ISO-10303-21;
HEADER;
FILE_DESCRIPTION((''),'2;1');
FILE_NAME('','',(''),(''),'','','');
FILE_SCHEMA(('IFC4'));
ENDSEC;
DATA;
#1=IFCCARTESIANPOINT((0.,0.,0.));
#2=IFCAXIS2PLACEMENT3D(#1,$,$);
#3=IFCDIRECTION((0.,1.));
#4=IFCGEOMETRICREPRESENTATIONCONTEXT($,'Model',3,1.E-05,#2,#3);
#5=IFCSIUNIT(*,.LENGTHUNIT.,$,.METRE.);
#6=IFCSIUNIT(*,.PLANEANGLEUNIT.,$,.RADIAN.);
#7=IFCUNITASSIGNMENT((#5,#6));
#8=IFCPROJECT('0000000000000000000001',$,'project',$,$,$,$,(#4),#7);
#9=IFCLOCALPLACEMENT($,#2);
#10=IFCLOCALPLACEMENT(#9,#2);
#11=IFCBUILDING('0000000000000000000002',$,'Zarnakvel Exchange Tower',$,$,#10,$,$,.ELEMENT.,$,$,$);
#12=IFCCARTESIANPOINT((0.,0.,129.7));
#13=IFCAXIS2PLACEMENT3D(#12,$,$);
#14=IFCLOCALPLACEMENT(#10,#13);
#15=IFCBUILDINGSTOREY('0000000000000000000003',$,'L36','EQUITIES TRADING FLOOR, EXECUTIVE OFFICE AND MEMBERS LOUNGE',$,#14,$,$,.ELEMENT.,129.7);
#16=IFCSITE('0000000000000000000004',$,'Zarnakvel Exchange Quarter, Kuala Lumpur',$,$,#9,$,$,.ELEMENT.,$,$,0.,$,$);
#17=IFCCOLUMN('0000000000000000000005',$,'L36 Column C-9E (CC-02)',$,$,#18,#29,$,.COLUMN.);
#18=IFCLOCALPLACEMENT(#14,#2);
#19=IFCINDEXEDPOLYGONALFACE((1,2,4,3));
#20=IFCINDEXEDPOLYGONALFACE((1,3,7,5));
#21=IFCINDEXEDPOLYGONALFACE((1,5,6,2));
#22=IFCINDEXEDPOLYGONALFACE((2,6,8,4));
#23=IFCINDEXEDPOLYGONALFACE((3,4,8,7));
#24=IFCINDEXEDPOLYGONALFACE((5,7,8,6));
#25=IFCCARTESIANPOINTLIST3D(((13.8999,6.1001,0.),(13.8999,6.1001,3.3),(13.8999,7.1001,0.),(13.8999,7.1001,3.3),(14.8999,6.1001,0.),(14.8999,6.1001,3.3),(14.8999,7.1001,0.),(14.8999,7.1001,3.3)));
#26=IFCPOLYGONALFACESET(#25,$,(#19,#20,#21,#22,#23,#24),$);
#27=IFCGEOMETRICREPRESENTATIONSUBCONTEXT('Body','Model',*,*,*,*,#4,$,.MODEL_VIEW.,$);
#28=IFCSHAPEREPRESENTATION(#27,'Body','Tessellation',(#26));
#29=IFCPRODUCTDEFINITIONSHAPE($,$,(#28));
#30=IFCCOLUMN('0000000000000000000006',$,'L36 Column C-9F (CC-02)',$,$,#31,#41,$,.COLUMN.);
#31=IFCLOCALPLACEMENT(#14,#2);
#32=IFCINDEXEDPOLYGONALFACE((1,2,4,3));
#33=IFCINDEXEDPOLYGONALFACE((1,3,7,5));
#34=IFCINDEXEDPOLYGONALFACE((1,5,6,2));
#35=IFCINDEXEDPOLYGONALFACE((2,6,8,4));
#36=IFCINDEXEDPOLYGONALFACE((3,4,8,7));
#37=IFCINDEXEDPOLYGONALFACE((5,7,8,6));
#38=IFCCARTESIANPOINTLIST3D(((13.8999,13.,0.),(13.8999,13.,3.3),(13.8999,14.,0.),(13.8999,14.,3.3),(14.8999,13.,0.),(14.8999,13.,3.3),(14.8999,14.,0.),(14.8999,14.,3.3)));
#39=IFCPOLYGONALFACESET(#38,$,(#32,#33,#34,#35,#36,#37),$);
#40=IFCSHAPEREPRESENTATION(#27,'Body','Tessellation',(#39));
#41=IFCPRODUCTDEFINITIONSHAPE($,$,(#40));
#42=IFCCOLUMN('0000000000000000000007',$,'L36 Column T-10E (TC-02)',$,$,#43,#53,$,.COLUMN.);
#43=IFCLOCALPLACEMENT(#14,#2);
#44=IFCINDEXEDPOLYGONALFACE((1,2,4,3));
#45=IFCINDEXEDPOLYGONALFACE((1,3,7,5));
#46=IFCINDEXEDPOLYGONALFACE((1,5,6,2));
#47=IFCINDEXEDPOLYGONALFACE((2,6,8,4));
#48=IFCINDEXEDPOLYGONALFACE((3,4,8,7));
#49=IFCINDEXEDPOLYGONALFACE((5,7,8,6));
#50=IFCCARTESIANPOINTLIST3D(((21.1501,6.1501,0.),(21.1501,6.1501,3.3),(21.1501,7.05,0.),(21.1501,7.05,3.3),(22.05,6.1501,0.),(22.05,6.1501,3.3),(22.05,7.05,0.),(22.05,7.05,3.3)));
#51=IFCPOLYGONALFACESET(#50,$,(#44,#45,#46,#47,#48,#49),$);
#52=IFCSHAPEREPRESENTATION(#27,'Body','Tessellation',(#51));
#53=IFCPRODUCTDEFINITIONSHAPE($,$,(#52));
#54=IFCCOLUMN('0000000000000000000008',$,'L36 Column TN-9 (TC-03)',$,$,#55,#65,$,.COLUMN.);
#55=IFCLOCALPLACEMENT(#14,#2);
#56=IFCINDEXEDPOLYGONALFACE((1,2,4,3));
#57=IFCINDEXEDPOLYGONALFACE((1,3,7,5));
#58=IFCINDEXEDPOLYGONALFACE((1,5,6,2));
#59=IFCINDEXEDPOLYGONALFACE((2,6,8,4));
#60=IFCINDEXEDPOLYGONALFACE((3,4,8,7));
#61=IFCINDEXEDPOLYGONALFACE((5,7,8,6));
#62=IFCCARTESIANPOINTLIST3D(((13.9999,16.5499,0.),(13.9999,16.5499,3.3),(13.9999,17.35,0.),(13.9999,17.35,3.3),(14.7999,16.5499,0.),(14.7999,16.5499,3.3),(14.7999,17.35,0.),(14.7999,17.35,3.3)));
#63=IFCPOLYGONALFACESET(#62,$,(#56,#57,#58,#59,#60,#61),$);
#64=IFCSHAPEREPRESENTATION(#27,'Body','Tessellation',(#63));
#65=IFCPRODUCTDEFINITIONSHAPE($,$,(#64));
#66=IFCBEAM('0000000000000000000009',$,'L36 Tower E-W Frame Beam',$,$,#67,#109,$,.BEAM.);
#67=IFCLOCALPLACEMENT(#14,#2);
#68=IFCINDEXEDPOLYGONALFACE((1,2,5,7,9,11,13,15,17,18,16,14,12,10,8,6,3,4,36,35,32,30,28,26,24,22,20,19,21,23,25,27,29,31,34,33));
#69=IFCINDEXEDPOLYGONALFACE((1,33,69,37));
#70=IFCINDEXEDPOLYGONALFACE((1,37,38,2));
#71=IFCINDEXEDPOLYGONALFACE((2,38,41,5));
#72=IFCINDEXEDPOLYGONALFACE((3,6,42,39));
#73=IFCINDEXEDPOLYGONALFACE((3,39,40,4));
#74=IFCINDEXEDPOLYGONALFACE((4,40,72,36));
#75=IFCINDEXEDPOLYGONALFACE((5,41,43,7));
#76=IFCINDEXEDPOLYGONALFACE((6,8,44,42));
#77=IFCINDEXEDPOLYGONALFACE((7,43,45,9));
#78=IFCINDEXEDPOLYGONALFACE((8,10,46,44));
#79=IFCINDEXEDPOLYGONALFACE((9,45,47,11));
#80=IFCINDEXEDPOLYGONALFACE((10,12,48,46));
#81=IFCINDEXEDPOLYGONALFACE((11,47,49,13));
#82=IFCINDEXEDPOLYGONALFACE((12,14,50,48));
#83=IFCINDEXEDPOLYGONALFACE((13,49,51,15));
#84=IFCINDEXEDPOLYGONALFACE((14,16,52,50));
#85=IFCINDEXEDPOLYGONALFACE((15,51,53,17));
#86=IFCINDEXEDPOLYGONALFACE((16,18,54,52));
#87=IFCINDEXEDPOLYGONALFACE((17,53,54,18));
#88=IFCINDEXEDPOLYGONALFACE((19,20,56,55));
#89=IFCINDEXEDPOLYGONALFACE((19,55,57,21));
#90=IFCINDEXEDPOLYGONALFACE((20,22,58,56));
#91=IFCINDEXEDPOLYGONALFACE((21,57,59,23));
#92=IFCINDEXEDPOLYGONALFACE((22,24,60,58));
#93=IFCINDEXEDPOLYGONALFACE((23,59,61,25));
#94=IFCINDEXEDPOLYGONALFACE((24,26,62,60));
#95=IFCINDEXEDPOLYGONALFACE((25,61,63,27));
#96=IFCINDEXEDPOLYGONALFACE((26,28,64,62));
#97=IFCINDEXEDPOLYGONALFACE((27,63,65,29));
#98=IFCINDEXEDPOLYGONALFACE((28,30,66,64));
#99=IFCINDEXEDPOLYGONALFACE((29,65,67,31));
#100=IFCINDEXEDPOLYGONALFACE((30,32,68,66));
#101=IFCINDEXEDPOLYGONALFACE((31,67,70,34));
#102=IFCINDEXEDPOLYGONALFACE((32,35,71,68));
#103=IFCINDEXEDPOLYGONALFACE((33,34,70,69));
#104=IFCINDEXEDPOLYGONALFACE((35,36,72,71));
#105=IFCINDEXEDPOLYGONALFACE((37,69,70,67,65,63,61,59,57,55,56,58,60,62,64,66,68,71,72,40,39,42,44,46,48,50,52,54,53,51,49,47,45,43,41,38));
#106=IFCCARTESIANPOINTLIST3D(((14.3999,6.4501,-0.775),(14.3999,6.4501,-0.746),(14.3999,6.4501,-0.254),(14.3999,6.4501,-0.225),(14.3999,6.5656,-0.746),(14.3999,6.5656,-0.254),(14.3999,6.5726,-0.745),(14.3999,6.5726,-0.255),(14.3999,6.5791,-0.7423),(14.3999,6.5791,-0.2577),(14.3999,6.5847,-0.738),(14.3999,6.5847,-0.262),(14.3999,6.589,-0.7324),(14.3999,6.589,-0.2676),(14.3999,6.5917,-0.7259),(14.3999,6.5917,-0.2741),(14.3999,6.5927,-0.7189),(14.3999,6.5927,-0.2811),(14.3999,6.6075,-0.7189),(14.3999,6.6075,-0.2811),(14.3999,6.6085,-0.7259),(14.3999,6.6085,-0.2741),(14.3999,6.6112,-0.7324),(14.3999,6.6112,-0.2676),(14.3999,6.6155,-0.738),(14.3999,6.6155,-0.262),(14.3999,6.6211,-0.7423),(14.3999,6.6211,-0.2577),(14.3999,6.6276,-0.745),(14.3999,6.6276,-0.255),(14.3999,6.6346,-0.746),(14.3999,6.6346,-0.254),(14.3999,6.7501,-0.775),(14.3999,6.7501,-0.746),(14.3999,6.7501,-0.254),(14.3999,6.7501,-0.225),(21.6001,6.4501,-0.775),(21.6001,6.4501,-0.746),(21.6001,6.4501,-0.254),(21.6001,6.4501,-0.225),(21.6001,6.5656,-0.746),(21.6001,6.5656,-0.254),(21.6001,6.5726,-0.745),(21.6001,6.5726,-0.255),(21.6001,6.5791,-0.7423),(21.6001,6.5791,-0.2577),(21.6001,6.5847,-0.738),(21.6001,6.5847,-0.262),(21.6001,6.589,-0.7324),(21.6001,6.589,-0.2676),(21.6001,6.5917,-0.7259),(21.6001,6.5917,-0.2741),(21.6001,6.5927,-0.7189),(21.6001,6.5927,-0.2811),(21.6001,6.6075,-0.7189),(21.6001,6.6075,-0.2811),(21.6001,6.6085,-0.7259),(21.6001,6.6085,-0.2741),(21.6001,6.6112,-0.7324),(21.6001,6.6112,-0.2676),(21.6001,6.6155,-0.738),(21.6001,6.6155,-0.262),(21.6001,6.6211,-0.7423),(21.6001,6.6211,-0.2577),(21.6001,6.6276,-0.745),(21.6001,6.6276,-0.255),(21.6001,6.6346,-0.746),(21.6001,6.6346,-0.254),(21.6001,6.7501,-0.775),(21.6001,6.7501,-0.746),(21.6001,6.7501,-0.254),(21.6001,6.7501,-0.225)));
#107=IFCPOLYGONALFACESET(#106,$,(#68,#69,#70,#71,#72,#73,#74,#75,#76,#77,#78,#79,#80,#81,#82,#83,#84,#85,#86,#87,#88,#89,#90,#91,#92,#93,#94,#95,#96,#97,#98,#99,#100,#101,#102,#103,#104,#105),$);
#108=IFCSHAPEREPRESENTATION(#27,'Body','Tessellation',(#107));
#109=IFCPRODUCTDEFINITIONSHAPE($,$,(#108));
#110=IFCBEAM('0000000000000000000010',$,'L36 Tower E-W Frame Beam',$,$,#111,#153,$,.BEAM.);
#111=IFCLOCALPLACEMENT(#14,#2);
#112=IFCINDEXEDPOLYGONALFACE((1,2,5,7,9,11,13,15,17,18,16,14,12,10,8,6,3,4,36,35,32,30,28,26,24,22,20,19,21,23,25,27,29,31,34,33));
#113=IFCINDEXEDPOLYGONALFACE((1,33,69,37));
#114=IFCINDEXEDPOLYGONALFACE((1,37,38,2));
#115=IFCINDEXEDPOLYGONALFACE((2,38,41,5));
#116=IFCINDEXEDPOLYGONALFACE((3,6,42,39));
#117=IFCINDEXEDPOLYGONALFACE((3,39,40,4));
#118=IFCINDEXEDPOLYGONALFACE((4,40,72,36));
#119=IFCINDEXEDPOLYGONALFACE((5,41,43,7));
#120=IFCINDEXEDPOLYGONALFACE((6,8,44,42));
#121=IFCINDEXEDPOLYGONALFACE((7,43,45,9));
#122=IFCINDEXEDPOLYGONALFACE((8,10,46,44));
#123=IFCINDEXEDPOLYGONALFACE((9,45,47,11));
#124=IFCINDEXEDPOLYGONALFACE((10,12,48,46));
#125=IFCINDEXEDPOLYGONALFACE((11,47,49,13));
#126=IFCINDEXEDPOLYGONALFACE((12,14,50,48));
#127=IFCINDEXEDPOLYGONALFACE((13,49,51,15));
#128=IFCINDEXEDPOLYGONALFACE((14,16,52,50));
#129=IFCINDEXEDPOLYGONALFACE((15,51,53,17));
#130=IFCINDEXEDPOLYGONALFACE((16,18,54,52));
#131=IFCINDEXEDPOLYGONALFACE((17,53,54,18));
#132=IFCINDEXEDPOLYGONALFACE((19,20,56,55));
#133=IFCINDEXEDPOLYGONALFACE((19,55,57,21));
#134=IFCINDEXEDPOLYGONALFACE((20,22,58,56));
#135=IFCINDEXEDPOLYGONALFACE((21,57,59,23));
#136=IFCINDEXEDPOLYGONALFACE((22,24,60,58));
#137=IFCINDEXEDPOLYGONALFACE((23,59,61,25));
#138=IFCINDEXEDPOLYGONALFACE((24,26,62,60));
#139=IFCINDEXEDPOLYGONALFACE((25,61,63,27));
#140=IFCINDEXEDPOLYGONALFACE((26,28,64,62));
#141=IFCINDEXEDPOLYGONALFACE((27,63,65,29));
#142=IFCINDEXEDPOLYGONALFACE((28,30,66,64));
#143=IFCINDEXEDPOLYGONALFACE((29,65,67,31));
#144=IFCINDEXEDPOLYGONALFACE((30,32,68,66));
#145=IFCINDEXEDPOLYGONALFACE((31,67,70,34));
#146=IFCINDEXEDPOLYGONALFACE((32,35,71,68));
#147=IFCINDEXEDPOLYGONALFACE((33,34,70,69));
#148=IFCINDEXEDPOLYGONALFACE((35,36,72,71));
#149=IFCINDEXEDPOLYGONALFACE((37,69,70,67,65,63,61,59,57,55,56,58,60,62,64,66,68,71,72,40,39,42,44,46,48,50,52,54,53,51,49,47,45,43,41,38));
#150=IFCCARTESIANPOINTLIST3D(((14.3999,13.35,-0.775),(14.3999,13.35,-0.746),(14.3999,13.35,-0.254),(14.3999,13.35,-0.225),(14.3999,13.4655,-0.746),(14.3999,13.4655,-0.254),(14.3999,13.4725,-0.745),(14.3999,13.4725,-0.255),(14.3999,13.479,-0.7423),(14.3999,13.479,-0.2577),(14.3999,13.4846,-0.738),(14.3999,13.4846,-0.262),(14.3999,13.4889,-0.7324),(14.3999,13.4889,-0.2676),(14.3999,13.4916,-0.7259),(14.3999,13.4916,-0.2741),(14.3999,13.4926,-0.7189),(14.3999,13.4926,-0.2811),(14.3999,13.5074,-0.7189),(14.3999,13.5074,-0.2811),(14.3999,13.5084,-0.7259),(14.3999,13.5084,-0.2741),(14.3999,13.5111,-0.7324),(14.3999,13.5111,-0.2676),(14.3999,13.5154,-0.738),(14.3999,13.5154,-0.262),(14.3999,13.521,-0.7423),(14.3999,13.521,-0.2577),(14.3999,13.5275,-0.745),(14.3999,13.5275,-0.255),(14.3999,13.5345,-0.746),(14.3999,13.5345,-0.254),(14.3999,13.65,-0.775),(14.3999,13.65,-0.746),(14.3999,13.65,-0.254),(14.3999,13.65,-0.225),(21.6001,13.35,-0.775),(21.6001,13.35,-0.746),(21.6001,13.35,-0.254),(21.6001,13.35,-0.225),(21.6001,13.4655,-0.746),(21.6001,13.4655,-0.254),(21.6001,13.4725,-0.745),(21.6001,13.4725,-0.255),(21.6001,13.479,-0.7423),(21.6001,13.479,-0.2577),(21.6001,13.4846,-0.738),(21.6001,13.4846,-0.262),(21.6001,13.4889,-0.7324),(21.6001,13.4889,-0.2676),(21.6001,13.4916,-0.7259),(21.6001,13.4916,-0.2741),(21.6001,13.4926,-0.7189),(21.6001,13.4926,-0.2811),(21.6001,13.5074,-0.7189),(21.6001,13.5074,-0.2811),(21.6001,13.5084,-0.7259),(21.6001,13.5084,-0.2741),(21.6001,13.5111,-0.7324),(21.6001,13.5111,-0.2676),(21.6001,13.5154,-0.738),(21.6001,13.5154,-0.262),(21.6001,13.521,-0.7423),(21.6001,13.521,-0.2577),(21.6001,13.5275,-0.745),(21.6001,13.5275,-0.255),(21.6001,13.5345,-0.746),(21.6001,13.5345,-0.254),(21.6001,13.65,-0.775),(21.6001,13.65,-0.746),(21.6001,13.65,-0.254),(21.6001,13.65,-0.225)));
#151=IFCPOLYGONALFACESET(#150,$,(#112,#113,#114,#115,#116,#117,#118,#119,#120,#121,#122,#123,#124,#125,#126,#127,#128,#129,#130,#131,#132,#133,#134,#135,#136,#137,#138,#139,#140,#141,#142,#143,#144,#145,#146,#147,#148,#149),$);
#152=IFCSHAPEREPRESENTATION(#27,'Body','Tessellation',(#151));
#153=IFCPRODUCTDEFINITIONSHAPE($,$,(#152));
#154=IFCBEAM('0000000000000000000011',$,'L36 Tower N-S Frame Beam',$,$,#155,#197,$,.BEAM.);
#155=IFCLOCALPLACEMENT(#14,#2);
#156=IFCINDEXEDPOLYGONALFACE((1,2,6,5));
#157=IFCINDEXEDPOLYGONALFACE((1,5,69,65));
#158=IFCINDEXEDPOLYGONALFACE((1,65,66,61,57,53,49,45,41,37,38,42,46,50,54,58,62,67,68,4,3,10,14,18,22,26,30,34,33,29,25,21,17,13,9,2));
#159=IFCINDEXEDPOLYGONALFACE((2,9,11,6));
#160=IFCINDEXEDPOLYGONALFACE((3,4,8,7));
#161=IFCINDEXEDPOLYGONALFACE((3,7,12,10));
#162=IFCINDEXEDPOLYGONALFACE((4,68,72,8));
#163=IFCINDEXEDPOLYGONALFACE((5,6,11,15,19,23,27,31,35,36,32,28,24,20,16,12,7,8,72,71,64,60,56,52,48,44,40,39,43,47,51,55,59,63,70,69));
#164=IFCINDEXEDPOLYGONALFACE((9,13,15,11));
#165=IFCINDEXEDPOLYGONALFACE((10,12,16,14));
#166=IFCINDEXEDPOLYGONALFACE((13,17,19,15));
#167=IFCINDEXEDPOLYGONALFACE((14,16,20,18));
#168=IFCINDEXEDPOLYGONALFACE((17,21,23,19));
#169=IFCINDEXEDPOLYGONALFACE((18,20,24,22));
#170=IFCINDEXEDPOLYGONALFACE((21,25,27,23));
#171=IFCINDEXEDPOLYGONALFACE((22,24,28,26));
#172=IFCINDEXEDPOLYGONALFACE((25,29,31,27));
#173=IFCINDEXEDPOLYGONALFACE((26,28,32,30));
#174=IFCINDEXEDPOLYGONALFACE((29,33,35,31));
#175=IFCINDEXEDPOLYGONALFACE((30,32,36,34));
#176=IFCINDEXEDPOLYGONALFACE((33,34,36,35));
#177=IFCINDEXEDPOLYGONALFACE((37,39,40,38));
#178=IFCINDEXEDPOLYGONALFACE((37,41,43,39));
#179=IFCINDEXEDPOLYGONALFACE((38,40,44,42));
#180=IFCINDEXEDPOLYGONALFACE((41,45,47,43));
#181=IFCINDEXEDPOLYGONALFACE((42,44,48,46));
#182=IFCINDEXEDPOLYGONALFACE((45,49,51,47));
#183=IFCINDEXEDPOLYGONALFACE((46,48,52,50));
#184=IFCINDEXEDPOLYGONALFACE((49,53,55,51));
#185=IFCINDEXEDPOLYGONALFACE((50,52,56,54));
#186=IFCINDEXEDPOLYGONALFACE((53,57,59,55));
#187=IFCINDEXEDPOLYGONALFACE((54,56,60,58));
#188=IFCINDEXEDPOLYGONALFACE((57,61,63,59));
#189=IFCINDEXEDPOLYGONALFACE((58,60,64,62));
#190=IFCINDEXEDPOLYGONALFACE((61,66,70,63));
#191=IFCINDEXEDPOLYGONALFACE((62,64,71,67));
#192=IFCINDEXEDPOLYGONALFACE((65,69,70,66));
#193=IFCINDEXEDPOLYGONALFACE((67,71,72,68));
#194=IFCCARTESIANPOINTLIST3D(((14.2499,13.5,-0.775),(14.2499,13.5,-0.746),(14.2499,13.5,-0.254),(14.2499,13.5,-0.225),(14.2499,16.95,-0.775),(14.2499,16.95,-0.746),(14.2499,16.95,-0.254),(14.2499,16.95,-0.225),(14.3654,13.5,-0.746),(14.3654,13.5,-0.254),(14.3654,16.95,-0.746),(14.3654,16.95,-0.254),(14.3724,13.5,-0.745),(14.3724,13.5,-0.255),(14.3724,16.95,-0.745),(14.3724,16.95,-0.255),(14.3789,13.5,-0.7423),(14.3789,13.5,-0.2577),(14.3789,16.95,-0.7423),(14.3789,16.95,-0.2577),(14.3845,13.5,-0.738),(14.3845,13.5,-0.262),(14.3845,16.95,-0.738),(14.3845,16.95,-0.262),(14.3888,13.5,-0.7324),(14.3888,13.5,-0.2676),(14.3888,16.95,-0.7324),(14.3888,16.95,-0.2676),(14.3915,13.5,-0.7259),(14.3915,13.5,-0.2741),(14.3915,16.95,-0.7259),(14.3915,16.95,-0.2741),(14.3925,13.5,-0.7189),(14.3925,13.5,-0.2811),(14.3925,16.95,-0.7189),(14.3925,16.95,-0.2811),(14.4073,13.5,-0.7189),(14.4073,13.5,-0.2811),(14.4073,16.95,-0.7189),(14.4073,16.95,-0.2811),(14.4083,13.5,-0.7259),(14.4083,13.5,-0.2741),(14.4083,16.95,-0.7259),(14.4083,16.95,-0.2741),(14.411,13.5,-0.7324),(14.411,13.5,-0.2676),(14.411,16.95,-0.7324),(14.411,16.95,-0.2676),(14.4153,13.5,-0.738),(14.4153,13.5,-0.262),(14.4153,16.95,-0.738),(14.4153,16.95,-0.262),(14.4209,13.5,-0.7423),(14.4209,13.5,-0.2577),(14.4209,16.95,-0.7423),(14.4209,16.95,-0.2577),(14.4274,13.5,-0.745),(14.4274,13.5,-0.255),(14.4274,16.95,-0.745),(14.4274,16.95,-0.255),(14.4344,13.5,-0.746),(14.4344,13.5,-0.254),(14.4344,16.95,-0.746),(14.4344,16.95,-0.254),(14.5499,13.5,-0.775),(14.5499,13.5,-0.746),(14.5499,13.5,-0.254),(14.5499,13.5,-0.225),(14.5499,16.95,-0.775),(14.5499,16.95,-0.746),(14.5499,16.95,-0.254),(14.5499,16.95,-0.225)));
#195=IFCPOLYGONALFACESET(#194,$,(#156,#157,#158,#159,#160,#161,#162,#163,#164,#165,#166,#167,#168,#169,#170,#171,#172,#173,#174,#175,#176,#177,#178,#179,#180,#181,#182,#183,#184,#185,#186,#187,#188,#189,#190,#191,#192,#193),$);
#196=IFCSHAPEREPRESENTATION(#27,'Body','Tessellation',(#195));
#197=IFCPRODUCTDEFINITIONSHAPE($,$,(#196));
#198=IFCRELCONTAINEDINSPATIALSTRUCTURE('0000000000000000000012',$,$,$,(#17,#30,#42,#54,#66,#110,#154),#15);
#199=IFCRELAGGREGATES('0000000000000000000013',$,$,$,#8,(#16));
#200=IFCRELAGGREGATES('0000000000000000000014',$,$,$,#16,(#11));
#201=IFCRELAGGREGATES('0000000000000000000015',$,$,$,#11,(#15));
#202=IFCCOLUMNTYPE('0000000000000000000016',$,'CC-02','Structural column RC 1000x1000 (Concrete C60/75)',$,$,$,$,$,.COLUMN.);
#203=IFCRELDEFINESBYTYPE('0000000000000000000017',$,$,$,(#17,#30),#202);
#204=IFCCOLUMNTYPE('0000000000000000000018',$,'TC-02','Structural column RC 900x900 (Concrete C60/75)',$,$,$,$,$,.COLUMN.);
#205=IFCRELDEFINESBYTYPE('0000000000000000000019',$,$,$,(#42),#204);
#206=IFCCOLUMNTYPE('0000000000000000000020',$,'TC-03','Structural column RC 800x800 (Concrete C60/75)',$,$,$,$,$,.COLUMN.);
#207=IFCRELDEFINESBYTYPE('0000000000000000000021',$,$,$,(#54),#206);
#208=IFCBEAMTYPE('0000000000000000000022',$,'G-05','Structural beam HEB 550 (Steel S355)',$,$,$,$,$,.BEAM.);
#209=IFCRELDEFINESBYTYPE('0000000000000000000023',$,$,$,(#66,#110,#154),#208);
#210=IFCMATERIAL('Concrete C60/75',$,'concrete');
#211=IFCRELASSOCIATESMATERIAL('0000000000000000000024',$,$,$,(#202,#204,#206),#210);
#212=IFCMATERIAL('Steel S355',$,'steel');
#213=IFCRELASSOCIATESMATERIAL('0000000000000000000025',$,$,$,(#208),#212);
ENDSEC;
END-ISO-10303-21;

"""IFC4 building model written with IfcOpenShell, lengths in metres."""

from ifc_helpers import new_model, si_unit, direction, frame, origin, origin_2d, place, context, subcontext, project, spatial, rectangle, i_section, extrude, material, material_profile, profile_set, type_object, element, save


model = new_model("IFC4")

# Units and contexts
model_context = context("Model", 3, precision=1e-05, world=origin(), true_north=direction((0.0, 1.0)))
body_context = subcontext(model_context, "Body", "Model", "MODEL_VIEW")
ifc_project = project(units=[si_unit("LENGTHUNIT", "METRE"), si_unit("PLANEANGLEUNIT", "RADIAN")], contexts=[model_context])

# Site, building, storey
site_placement = place(None, origin())
site = spatial("IfcSite", under=ifc_project, at=site_placement, Name="Zarnakvel Exchange Quarter, Kuala Lumpur", CompositionType="ELEMENT", RefElevation=0.0)
building_placement = place(site_placement, origin())
building = spatial("IfcBuilding", under=site, at=building_placement, Name="Zarnakvel Exchange Tower", CompositionType="ELEMENT")
storey_placement = place(building_placement, frame((0.0, 0.0, 129.7)))
storey = spatial("IfcBuildingStorey", under=building, at=storey_placement, Name="L36", Description="EQUITIES TRADING FLOOR, EXECUTIVE OFFICE AND MEMBERS LOUNGE", CompositionType="ELEMENT", Elevation=129.7)

# Columns
ifc_material_1 = material(Name="Concrete C60/75", Category="concrete")
ifc_material_profile_1 = material_profile(ifc_material_1, rectangle(XDim=1.0, YDim=1.0, at=origin_2d()))
ifc_profile_set_1 = profile_set([ifc_material_profile_1], Name="Concrete C60/75")
column_type_1 = type_object("IfcColumnType", Name="CC-02", Description="Structural column RC 1000x1000 (Concrete C60/75)", PredefinedType="COLUMN", material=ifc_profile_set_1)
for number, where, z_axis, x_axis, name in (
    (1, (14.3999, 6.6001, 0.0), (0.0, 0.0, 1.0), (1.0, 0.0, 0.0), "L36 Column C-9E (CC-02)"),
    (2, (14.3999, 13.5, 0.0), (0.0, 0.0, 1.0), (1.0, 0.0, 0.0), "L36 Column C-9F (CC-02)"),
):
    element("IfcColumn", number, at=place(storey_placement, frame(where, z_axis=z_axis, x_axis=x_axis)), inside=storey, type_object=column_type_1, Name=name, PredefinedType="COLUMN", context=body_context, shape_type="SweptSolid", body=[
        extrude(rectangle(XDim=1.0, YDim=1.0, at=origin_2d()), origin(), (0.0, 0.0, 1.0), 3.3),
    ])
ifc_material_profile_2 = material_profile(ifc_material_1, rectangle(XDim=0.8999, YDim=0.8999, at=origin_2d()))
ifc_profile_set_2 = profile_set([ifc_material_profile_2], Name="Concrete C60/75")
column_type_2 = type_object("IfcColumnType", Name="TC-02", Description="Structural column RC 900x900 (Concrete C60/75)", PredefinedType="COLUMN", material=ifc_profile_set_2)
column_1_placement = place(storey_placement, frame((21.6001, 6.6001, 0.0), z_axis=(0.0, 0.0, 1.0), x_axis=(1.0, 0.0, 0.0)))
element("IfcColumn", 3, at=column_1_placement, inside=storey, type_object=column_type_2, Name="L36 Column T-10E (TC-02)", PredefinedType="COLUMN", context=body_context, shape_type="SweptSolid", body=[
    extrude(rectangle(XDim=0.8999, YDim=0.8999, at=origin_2d()), origin(), (0.0, 0.0, 1.0), 3.3),
])
ifc_material_profile_3 = material_profile(ifc_material_1, rectangle(XDim=0.8, YDim=0.8, at=origin_2d()))
ifc_profile_set_3 = profile_set([ifc_material_profile_3], Name="Concrete C60/75")
column_type_3 = type_object("IfcColumnType", Name="TC-03", Description="Structural column RC 800x800 (Concrete C60/75)", PredefinedType="COLUMN", material=ifc_profile_set_3)
column_2_placement = place(storey_placement, frame((14.3999, 16.95, 0.0), z_axis=(0.0, 0.0, 1.0), x_axis=(1.0, 0.0, 0.0)))
element("IfcColumn", 4, at=column_2_placement, inside=storey, type_object=column_type_3, Name="L36 Column TN-9 (TC-03)", PredefinedType="COLUMN", context=body_context, shape_type="SweptSolid", body=[
    extrude(rectangle(XDim=0.8, YDim=0.8, at=origin_2d()), origin(), (0.0, 0.0, 1.0), 3.3),
])

# Beams
ifc_material_2 = material(Name="Steel S355", Category="steel")
ifc_material_profile_4 = material_profile(ifc_material_2, i_section(OverallWidth=0.3, OverallDepth=0.55, WebThickness=0.0149, FlangeThickness=0.0291, FilletRadius=0.0271, at=origin_2d()))
ifc_profile_set_4 = profile_set([ifc_material_profile_4], Name="Steel S355")
beam_type_1 = type_object("IfcBeamType", Name="G-05", Description="Structural beam HEB 550 (Steel S355)", PredefinedType="BEAM", material=ifc_profile_set_4)
for number, where, z_axis, x_axis, name in (
    (5, (14.3999, 6.6001, -0.5), (1.0, 0.0, 0.0), (0.0, 1.0, 0.0), "L36 Tower E-W Frame Beam"),
    (6, (14.3999, 13.5, -0.5), (1.0, 0.0, 0.0), (0.0, 1.0, 0.0), "L36 Tower E-W Frame Beam"),
):
    element("IfcBeam", number, at=place(storey_placement, frame(where, z_axis=z_axis, x_axis=x_axis)), inside=storey, type_object=beam_type_1, Name=name, PredefinedType="BEAM", context=body_context, shape_type="SweptSolid", body=[
        extrude(i_section(OverallWidth=0.3, OverallDepth=0.55, WebThickness=0.0149, FlangeThickness=0.0291, FilletRadius=0.0271, at=origin_2d()), origin(), (0.0, 0.0, 1.0), 7.2002),
    ])
beam_1_placement = place(storey_placement, frame((14.3999, 13.5, -0.5), z_axis=(0.0, 1.0, 0.0), x_axis=(-1.0, 0.0, 0.0)))
element("IfcBeam", 7, at=beam_1_placement, inside=storey, type_object=beam_type_1, Name="L36 Tower N-S Frame Beam", PredefinedType="BEAM", context=body_context, shape_type="SweptSolid", body=[
    extrude(i_section(OverallWidth=0.3, OverallDepth=0.55, WebThickness=0.0149, FlangeThickness=0.0291, FilletRadius=0.0271, at=origin_2d()), origin(), (0.0, 0.0, 1.0), 3.45),
])

save(model, "model.ifc")
